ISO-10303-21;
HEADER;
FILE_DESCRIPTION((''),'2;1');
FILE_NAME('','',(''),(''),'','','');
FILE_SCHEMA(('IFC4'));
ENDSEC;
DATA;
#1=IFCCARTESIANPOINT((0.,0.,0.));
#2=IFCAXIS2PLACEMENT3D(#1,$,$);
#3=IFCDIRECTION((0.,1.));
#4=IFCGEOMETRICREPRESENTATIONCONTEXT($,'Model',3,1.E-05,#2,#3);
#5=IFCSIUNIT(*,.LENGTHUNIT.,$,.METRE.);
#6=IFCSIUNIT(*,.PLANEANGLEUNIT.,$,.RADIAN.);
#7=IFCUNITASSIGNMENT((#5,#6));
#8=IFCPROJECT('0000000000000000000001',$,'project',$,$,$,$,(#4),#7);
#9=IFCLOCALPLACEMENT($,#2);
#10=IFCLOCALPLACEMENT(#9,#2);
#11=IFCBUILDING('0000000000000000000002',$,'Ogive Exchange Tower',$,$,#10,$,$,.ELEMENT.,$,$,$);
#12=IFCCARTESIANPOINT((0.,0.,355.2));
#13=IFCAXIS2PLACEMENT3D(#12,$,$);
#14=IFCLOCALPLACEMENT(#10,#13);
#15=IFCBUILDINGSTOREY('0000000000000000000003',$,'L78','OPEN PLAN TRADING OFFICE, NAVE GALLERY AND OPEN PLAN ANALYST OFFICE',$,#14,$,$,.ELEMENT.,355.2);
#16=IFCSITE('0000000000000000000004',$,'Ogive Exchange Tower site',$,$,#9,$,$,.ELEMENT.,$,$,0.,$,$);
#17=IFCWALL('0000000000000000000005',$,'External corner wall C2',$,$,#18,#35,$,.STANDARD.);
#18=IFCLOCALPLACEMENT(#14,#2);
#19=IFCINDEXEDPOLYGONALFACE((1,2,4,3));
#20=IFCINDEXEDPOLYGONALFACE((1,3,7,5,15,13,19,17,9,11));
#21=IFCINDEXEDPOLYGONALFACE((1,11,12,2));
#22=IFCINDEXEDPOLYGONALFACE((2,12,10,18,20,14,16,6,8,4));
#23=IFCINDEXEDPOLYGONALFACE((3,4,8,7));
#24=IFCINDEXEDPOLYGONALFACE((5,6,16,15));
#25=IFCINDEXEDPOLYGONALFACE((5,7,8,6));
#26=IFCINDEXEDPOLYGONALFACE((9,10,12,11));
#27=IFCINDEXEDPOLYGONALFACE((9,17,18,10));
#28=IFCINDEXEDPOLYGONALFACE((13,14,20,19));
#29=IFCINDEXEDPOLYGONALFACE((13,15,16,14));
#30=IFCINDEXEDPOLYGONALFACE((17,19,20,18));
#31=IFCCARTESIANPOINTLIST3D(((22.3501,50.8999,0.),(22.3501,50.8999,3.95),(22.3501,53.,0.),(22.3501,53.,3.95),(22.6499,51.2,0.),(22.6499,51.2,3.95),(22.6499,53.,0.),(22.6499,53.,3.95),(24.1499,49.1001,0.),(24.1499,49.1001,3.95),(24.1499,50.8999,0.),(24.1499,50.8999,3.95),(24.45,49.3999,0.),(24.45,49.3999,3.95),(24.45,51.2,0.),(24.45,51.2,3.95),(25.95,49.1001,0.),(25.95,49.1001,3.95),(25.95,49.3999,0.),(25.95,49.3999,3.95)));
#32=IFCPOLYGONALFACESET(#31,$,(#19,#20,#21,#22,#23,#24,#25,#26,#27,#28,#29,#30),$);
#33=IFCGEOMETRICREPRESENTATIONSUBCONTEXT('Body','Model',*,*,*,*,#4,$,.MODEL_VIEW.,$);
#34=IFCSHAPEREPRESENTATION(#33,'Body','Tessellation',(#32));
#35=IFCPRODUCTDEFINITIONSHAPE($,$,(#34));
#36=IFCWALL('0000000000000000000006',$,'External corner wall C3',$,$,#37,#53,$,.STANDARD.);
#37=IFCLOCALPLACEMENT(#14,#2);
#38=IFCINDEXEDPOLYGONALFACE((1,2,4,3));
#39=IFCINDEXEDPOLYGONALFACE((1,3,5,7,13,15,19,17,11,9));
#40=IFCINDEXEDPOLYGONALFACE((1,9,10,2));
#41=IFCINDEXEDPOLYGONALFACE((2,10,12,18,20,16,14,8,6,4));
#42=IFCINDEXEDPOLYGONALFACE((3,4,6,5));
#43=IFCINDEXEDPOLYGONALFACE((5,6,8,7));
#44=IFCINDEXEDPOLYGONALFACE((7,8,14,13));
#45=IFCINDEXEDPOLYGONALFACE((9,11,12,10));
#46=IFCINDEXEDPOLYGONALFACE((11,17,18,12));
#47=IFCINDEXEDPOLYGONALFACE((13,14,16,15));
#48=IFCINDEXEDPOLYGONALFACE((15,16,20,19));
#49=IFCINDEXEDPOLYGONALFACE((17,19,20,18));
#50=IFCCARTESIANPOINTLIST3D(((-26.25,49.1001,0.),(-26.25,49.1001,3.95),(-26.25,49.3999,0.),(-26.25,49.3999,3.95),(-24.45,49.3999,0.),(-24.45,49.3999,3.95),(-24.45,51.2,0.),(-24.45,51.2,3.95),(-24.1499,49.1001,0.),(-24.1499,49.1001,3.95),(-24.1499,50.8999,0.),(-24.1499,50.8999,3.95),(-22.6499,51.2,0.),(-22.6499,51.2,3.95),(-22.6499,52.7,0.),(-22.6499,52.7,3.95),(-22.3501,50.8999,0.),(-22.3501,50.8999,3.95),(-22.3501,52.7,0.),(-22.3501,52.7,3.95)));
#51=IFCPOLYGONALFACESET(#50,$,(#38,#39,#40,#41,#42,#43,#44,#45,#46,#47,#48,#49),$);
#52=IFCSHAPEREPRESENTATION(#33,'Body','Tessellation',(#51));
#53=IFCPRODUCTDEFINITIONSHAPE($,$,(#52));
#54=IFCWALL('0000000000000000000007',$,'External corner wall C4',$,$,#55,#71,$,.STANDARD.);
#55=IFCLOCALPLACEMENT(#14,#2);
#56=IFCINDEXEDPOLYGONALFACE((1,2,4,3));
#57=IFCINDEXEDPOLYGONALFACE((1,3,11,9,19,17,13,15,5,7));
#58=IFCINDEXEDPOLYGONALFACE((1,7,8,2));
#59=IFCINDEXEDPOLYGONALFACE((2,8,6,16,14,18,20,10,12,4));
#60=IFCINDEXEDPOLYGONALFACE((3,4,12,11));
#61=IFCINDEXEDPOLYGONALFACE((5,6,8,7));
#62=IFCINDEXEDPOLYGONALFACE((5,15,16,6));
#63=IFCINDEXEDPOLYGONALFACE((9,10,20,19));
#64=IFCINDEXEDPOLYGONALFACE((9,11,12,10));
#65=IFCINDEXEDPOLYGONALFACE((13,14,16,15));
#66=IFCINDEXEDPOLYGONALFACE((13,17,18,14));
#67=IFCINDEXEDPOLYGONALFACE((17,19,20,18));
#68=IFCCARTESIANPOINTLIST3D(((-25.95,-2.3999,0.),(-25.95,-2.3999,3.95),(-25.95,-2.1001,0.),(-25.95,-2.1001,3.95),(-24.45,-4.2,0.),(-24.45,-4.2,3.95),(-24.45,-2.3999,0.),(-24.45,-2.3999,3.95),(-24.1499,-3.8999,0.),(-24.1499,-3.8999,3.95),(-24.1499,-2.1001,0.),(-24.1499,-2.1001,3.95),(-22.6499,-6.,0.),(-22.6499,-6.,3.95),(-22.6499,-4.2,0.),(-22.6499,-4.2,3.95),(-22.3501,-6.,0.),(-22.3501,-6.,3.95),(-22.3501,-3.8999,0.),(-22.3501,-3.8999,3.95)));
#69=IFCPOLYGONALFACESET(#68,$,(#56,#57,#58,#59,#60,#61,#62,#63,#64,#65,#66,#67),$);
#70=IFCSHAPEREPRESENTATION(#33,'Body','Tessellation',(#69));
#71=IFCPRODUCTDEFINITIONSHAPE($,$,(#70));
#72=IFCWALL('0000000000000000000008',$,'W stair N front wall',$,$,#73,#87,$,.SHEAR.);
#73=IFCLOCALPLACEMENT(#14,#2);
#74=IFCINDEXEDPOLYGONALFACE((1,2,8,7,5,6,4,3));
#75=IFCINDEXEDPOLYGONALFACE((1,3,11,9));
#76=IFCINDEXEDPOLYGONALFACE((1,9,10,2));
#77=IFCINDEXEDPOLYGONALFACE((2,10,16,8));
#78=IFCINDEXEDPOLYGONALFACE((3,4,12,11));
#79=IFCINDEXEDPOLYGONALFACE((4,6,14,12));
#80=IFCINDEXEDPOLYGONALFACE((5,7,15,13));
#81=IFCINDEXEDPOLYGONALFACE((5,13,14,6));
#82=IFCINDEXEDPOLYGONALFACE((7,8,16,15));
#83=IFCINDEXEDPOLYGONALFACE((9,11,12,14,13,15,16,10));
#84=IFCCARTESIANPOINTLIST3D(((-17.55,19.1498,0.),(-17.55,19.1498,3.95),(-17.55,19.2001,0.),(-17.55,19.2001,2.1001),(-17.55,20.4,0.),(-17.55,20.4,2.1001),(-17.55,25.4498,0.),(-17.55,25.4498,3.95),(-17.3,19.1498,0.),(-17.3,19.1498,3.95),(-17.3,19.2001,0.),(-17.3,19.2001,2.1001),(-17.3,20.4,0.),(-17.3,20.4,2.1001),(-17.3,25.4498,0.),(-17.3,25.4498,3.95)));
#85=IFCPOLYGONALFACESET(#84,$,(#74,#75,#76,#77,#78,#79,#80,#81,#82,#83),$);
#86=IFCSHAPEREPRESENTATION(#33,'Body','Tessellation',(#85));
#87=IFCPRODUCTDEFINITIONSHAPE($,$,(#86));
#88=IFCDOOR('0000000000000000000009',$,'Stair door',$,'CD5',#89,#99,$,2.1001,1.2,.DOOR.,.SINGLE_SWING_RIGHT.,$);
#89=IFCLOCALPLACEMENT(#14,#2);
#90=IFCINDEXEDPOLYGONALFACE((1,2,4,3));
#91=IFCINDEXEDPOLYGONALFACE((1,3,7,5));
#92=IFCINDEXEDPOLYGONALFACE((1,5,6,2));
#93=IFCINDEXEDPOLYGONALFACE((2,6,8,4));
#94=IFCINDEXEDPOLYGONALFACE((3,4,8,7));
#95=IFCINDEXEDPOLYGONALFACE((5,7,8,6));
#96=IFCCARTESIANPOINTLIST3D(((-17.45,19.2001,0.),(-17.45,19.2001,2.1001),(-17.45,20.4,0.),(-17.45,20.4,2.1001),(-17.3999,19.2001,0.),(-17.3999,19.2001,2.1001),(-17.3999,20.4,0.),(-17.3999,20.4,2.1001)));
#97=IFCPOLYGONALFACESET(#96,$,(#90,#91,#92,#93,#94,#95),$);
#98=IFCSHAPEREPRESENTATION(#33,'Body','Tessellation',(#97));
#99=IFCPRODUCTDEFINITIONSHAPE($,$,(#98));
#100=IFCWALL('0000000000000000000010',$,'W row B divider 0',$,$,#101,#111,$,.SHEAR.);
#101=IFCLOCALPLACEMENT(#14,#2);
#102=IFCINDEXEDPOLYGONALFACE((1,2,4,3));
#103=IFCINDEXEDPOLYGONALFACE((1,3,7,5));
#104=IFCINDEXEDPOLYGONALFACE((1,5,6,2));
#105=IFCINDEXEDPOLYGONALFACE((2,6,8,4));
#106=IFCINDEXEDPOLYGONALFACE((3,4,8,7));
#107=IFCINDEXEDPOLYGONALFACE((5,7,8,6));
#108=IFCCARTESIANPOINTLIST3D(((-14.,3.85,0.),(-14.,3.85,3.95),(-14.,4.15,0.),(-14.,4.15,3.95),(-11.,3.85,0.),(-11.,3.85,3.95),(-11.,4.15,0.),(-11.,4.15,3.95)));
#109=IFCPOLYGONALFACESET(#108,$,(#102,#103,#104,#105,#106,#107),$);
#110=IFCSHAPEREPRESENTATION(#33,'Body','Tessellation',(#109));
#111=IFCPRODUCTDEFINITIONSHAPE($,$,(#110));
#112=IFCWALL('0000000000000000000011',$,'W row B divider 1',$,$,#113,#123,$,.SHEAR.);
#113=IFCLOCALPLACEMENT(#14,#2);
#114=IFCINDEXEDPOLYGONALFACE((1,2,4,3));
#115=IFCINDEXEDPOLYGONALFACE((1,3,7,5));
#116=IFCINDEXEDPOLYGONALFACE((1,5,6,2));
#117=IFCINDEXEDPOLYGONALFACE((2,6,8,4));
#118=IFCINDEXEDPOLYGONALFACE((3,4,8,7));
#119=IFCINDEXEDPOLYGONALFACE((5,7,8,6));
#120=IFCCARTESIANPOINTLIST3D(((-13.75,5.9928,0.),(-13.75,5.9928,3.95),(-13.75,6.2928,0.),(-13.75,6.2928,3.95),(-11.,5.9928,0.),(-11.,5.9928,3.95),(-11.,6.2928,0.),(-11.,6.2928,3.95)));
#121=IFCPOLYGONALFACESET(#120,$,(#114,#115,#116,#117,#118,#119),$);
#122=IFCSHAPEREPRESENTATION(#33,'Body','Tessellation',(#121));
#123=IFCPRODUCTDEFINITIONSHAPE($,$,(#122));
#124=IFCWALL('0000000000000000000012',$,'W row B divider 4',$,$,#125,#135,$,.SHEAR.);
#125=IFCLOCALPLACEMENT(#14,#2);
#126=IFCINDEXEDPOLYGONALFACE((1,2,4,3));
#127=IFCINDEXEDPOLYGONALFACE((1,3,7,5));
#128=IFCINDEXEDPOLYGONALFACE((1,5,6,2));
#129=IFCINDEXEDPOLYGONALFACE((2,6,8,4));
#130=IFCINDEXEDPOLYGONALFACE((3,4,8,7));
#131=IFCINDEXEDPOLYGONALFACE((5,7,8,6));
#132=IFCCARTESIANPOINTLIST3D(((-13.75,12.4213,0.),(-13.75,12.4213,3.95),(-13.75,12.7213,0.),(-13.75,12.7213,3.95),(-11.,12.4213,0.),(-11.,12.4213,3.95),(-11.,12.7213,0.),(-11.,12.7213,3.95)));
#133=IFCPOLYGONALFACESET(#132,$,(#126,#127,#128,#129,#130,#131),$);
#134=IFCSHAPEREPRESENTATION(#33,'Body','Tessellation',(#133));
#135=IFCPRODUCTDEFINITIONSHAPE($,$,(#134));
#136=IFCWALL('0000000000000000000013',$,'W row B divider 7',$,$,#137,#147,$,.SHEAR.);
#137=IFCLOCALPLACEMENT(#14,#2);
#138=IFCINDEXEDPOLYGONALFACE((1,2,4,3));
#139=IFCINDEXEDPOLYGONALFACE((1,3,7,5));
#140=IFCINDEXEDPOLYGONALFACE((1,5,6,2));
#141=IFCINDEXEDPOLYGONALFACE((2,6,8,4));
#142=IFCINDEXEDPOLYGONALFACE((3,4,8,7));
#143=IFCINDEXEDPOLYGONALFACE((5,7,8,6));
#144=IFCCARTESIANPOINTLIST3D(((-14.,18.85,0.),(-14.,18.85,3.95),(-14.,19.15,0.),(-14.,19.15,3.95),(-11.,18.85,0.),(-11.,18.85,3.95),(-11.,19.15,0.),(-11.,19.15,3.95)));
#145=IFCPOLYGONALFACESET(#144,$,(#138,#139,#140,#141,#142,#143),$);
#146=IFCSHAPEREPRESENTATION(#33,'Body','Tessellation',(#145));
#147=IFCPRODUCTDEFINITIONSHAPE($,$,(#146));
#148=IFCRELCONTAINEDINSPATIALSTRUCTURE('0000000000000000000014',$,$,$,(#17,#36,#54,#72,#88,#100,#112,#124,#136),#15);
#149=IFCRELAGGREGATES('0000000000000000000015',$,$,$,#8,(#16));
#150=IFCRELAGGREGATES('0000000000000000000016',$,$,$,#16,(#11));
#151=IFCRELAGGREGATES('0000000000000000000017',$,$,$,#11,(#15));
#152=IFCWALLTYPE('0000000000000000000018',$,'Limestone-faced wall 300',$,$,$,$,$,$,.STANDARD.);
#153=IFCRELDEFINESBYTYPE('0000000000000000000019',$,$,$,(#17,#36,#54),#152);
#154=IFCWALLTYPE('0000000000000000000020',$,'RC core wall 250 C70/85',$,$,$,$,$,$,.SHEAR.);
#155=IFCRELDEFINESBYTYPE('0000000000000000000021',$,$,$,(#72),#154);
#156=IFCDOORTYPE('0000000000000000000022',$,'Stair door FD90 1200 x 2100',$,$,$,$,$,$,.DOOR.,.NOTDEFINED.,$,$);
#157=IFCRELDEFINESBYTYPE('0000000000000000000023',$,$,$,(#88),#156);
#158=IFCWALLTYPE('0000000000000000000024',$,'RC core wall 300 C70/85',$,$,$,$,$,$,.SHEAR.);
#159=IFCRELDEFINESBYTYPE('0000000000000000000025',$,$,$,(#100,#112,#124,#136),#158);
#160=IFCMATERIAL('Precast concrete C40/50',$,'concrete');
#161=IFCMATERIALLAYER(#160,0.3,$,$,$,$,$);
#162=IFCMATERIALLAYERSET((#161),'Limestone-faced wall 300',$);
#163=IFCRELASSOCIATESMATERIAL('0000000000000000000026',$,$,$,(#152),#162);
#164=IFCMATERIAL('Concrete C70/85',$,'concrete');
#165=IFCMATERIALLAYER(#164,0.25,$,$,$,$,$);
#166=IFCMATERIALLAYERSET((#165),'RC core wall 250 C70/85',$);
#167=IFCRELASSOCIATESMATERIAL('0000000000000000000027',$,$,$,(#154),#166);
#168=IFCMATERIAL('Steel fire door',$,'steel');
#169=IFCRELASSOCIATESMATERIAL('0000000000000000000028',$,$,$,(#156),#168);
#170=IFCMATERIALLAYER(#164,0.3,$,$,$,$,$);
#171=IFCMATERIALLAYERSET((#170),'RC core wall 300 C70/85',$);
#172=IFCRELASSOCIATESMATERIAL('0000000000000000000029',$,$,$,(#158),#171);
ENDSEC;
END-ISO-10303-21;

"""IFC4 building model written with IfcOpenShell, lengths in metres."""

from ifc_helpers import new_model, si_unit, direction, frame, frame_2d, origin, place, context, subcontext, project, spatial, polyline, rectangle, outline, extrude, material, layer, layer_set, type_object, element, fill, save


model = new_model("IFC4")

# Units and contexts
model_context = context("Model", 3, precision=1e-05, world=origin(), true_north=direction((0.0, 1.0)))
body_context = subcontext(model_context, "Body", "Model", "MODEL_VIEW")
ifc_project = project(units=[si_unit("LENGTHUNIT", "METRE"), si_unit("PLANEANGLEUNIT", "RADIAN")], contexts=[model_context])

# Site, building, storey
site_placement = place(None, origin())
site = spatial("IfcSite", under=ifc_project, at=site_placement, Name="Ogive Exchange Tower site", CompositionType="ELEMENT", RefElevation=0.0)
building_placement = place(site_placement, origin())
building = spatial("IfcBuilding", under=site, at=building_placement, Name="Ogive Exchange Tower", CompositionType="ELEMENT")
storey_placement = place(building_placement, frame((0.0, 0.0, 355.2)))
storey = spatial("IfcBuildingStorey", under=building, at=storey_placement, Name="L78", Description="OPEN PLAN TRADING OFFICE, NAVE GALLERY AND OPEN PLAN ANALYST OFFICE", CompositionType="ELEMENT", Elevation=355.2)

# Walls
ifc_material_1 = material(Name="Precast concrete C40/50", Category="concrete")
ifc_layer_1 = layer(ifc_material_1, 0.3)
ifc_layer_set_1 = layer_set([ifc_layer_1], Name="Limestone-faced wall 300")
wall_type_1 = type_object("IfcWallType", Name="Limestone-faced wall 300", PredefinedType="STANDARD", material=ifc_layer_set_1)
wall_1_placement = place(storey_placement, origin())
element("IfcWall", 1, at=wall_1_placement, inside=storey, type_object=wall_type_1, Name="External corner wall C2", PredefinedType="STANDARD", context=body_context, shape_type="SweptSolid", body=[
    extrude(outline(polyline([(24.1499, 50.8999), (22.3501, 50.8999), (22.3501, 53.0), (22.6499, 53.0), (22.6499, 51.2), (24.45, 51.2), (24.45, 49.3999), (25.95, 49.3999), (25.95, 49.1001), (24.1499, 49.1001), (24.1499, 50.8999)])), origin(), (0.0, 0.0, 1.0), 3.95),
])
wall_2_placement = place(storey_placement, origin())
element("IfcWall", 2, at=wall_2_placement, inside=storey, type_object=wall_type_1, Name="External corner wall C3", PredefinedType="STANDARD", context=body_context, shape_type="SweptSolid", body=[
    extrude(outline(polyline([(-24.45, 49.3999), (-24.45, 51.2), (-22.6499, 51.2), (-22.6499, 52.7), (-22.3501, 52.7), (-22.3501, 50.8999), (-24.1499, 50.8999), (-24.1499, 49.1001), (-26.25, 49.1001), (-26.25, 49.3999), (-24.45, 49.3999)])), origin(), (0.0, 0.0, 1.0), 3.95),
])
wall_3_placement = place(storey_placement, origin())
element("IfcWall", 3, at=wall_3_placement, inside=storey, type_object=wall_type_1, Name="External corner wall C4", PredefinedType="STANDARD", context=body_context, shape_type="SweptSolid", body=[
    extrude(outline(polyline([(-22.6499, -4.2), (-24.45, -4.2), (-24.45, -2.3999), (-25.95, -2.3999), (-25.95, -2.1001), (-24.1499, -2.1001), (-24.1499, -3.8999), (-22.3501, -3.8999), (-22.3501, -6.0), (-22.6499, -6.0), (-22.6499, -4.2)])), origin(), (0.0, 0.0, 1.0), 3.95),
])

# Wall, opening, door
ifc_material_2 = material(Name="Concrete C70/85", Category="concrete")
ifc_layer_2 = layer(ifc_material_2, 0.25)
ifc_layer_set_2 = layer_set([ifc_layer_2], Name="RC core wall 250 C70/85")
wall_type_2 = type_object("IfcWallType", Name="RC core wall 250 C70/85", PredefinedType="SHEAR", material=ifc_layer_set_2)
wall_4_placement = place(storey_placement, frame((-17.425, 19.1499, 0.0), z_axis=(0.0, 0.0, 1.0), x_axis=(0.0, 1.0, 0.0)))
wall_4 = element("IfcWall", 4, at=wall_4_placement, inside=storey, type_object=wall_type_2, Name="W stair N front wall", PredefinedType="SHEAR", context=body_context, shape_type="SweptSolid", body=[
    extrude(rectangle(XDim=6.3, YDim=0.25, at=frame_2d((3.1499, 0.0))), origin(), (0.0, 0.0, 1.0), 3.95),
])
opening_1_placement = place(wall_4_placement, frame((0.05, 0.0, 0.0)))
opening_1 = element("IfcOpeningElement", 5, at=opening_1_placement, cuts=wall_4, PredefinedType="OPENING", context=body_context, shape_type="SweptSolid", body=[
    extrude(rectangle(XDim=1.2, YDim=2.1001, at=frame_2d((0.6001, 1.05))), frame((0.0, 0.135, 0.0), z_axis=(0.0, -1.0, 0.0), x_axis=(1.0, 0.0, 0.0)), (0.0, 0.0, 1.0), 0.27),
])
ifc_material_3 = material(Name="Steel fire door", Category="steel")
door_type_1 = type_object("IfcDoorType", Name="Stair door FD90 1200 x 2100", OperationType="NOTDEFINED", PredefinedType="DOOR", material=ifc_material_3)
door_1_placement = place(opening_1_placement, origin())
door_1 = element("IfcDoor", 6, at=door_1_placement, inside=storey, type_object=door_type_1, Name="Stair door", ObjectType="CD5", OperationType="SINGLE_SWING_RIGHT", OverallHeight=2.1001, OverallWidth=1.2, PredefinedType="DOOR", context=body_context, shape_type="SweptSolid", body=[
    extrude(rectangle(XDim=1.2, YDim=2.1001, at=frame_2d((0.6001, 1.05))), frame((0.0, 0.0249, 0.0), z_axis=(0.0, -1.0, 0.0), x_axis=(1.0, 0.0, 0.0)), (0.0, 0.0, 1.0), 0.05),
])
fill(opening_1, door_1)

# Walls
ifc_layer_3 = layer(ifc_material_2, 0.3)
ifc_layer_set_3 = layer_set([ifc_layer_3], Name="RC core wall 300 C70/85")
wall_type_3 = type_object("IfcWallType", Name="RC core wall 300 C70/85", PredefinedType="SHEAR", material=ifc_layer_set_3)
wall_5_placement = place(storey_placement, frame((-14.0, 4.0, 0.0), z_axis=(0.0, 0.0, 1.0), x_axis=(1.0, 0.0, 0.0)))
element("IfcWall", 7, at=wall_5_placement, inside=storey, type_object=wall_type_3, Name="W row B divider 0", PredefinedType="SHEAR", context=body_context, shape_type="SweptSolid", body=[
    extrude(rectangle(XDim=3.0, YDim=0.3, at=frame_2d((1.5, 0.0))), origin(), (0.0, 0.0, 1.0), 3.95),
])
for number, where, z_axis, x_axis, name in (
    (8, (-13.75, 6.1428, 0.0), (0.0, 0.0, 1.0), (1.0, 0.0, 0.0), "W row B divider 1"),
    (9, (-13.75, 12.5713, 0.0), (0.0, 0.0, 1.0), (1.0, 0.0, 0.0), "W row B divider 4"),
):
    element("IfcWall", number, at=place(storey_placement, frame(where, z_axis=z_axis, x_axis=x_axis)), inside=storey, type_object=wall_type_3, Name=name, PredefinedType="SHEAR", context=body_context, shape_type="SweptSolid", body=[
        extrude(rectangle(XDim=2.75, YDim=0.3, at=frame_2d((1.375, 0.0))), origin(), (0.0, 0.0, 1.0), 3.95),
    ])
wall_6_placement = place(storey_placement, frame((-14.0, 19.0, 0.0), z_axis=(0.0, 0.0, 1.0), x_axis=(1.0, 0.0, 0.0)))
element("IfcWall", 10, at=wall_6_placement, inside=storey, type_object=wall_type_3, Name="W row B divider 7", PredefinedType="SHEAR", context=body_context, shape_type="SweptSolid", body=[
    extrude(rectangle(XDim=3.0, YDim=0.3, at=frame_2d((1.5, 0.0))), origin(), (0.0, 0.0, 1.0), 3.95),
])

save(model, "model.ifc")
